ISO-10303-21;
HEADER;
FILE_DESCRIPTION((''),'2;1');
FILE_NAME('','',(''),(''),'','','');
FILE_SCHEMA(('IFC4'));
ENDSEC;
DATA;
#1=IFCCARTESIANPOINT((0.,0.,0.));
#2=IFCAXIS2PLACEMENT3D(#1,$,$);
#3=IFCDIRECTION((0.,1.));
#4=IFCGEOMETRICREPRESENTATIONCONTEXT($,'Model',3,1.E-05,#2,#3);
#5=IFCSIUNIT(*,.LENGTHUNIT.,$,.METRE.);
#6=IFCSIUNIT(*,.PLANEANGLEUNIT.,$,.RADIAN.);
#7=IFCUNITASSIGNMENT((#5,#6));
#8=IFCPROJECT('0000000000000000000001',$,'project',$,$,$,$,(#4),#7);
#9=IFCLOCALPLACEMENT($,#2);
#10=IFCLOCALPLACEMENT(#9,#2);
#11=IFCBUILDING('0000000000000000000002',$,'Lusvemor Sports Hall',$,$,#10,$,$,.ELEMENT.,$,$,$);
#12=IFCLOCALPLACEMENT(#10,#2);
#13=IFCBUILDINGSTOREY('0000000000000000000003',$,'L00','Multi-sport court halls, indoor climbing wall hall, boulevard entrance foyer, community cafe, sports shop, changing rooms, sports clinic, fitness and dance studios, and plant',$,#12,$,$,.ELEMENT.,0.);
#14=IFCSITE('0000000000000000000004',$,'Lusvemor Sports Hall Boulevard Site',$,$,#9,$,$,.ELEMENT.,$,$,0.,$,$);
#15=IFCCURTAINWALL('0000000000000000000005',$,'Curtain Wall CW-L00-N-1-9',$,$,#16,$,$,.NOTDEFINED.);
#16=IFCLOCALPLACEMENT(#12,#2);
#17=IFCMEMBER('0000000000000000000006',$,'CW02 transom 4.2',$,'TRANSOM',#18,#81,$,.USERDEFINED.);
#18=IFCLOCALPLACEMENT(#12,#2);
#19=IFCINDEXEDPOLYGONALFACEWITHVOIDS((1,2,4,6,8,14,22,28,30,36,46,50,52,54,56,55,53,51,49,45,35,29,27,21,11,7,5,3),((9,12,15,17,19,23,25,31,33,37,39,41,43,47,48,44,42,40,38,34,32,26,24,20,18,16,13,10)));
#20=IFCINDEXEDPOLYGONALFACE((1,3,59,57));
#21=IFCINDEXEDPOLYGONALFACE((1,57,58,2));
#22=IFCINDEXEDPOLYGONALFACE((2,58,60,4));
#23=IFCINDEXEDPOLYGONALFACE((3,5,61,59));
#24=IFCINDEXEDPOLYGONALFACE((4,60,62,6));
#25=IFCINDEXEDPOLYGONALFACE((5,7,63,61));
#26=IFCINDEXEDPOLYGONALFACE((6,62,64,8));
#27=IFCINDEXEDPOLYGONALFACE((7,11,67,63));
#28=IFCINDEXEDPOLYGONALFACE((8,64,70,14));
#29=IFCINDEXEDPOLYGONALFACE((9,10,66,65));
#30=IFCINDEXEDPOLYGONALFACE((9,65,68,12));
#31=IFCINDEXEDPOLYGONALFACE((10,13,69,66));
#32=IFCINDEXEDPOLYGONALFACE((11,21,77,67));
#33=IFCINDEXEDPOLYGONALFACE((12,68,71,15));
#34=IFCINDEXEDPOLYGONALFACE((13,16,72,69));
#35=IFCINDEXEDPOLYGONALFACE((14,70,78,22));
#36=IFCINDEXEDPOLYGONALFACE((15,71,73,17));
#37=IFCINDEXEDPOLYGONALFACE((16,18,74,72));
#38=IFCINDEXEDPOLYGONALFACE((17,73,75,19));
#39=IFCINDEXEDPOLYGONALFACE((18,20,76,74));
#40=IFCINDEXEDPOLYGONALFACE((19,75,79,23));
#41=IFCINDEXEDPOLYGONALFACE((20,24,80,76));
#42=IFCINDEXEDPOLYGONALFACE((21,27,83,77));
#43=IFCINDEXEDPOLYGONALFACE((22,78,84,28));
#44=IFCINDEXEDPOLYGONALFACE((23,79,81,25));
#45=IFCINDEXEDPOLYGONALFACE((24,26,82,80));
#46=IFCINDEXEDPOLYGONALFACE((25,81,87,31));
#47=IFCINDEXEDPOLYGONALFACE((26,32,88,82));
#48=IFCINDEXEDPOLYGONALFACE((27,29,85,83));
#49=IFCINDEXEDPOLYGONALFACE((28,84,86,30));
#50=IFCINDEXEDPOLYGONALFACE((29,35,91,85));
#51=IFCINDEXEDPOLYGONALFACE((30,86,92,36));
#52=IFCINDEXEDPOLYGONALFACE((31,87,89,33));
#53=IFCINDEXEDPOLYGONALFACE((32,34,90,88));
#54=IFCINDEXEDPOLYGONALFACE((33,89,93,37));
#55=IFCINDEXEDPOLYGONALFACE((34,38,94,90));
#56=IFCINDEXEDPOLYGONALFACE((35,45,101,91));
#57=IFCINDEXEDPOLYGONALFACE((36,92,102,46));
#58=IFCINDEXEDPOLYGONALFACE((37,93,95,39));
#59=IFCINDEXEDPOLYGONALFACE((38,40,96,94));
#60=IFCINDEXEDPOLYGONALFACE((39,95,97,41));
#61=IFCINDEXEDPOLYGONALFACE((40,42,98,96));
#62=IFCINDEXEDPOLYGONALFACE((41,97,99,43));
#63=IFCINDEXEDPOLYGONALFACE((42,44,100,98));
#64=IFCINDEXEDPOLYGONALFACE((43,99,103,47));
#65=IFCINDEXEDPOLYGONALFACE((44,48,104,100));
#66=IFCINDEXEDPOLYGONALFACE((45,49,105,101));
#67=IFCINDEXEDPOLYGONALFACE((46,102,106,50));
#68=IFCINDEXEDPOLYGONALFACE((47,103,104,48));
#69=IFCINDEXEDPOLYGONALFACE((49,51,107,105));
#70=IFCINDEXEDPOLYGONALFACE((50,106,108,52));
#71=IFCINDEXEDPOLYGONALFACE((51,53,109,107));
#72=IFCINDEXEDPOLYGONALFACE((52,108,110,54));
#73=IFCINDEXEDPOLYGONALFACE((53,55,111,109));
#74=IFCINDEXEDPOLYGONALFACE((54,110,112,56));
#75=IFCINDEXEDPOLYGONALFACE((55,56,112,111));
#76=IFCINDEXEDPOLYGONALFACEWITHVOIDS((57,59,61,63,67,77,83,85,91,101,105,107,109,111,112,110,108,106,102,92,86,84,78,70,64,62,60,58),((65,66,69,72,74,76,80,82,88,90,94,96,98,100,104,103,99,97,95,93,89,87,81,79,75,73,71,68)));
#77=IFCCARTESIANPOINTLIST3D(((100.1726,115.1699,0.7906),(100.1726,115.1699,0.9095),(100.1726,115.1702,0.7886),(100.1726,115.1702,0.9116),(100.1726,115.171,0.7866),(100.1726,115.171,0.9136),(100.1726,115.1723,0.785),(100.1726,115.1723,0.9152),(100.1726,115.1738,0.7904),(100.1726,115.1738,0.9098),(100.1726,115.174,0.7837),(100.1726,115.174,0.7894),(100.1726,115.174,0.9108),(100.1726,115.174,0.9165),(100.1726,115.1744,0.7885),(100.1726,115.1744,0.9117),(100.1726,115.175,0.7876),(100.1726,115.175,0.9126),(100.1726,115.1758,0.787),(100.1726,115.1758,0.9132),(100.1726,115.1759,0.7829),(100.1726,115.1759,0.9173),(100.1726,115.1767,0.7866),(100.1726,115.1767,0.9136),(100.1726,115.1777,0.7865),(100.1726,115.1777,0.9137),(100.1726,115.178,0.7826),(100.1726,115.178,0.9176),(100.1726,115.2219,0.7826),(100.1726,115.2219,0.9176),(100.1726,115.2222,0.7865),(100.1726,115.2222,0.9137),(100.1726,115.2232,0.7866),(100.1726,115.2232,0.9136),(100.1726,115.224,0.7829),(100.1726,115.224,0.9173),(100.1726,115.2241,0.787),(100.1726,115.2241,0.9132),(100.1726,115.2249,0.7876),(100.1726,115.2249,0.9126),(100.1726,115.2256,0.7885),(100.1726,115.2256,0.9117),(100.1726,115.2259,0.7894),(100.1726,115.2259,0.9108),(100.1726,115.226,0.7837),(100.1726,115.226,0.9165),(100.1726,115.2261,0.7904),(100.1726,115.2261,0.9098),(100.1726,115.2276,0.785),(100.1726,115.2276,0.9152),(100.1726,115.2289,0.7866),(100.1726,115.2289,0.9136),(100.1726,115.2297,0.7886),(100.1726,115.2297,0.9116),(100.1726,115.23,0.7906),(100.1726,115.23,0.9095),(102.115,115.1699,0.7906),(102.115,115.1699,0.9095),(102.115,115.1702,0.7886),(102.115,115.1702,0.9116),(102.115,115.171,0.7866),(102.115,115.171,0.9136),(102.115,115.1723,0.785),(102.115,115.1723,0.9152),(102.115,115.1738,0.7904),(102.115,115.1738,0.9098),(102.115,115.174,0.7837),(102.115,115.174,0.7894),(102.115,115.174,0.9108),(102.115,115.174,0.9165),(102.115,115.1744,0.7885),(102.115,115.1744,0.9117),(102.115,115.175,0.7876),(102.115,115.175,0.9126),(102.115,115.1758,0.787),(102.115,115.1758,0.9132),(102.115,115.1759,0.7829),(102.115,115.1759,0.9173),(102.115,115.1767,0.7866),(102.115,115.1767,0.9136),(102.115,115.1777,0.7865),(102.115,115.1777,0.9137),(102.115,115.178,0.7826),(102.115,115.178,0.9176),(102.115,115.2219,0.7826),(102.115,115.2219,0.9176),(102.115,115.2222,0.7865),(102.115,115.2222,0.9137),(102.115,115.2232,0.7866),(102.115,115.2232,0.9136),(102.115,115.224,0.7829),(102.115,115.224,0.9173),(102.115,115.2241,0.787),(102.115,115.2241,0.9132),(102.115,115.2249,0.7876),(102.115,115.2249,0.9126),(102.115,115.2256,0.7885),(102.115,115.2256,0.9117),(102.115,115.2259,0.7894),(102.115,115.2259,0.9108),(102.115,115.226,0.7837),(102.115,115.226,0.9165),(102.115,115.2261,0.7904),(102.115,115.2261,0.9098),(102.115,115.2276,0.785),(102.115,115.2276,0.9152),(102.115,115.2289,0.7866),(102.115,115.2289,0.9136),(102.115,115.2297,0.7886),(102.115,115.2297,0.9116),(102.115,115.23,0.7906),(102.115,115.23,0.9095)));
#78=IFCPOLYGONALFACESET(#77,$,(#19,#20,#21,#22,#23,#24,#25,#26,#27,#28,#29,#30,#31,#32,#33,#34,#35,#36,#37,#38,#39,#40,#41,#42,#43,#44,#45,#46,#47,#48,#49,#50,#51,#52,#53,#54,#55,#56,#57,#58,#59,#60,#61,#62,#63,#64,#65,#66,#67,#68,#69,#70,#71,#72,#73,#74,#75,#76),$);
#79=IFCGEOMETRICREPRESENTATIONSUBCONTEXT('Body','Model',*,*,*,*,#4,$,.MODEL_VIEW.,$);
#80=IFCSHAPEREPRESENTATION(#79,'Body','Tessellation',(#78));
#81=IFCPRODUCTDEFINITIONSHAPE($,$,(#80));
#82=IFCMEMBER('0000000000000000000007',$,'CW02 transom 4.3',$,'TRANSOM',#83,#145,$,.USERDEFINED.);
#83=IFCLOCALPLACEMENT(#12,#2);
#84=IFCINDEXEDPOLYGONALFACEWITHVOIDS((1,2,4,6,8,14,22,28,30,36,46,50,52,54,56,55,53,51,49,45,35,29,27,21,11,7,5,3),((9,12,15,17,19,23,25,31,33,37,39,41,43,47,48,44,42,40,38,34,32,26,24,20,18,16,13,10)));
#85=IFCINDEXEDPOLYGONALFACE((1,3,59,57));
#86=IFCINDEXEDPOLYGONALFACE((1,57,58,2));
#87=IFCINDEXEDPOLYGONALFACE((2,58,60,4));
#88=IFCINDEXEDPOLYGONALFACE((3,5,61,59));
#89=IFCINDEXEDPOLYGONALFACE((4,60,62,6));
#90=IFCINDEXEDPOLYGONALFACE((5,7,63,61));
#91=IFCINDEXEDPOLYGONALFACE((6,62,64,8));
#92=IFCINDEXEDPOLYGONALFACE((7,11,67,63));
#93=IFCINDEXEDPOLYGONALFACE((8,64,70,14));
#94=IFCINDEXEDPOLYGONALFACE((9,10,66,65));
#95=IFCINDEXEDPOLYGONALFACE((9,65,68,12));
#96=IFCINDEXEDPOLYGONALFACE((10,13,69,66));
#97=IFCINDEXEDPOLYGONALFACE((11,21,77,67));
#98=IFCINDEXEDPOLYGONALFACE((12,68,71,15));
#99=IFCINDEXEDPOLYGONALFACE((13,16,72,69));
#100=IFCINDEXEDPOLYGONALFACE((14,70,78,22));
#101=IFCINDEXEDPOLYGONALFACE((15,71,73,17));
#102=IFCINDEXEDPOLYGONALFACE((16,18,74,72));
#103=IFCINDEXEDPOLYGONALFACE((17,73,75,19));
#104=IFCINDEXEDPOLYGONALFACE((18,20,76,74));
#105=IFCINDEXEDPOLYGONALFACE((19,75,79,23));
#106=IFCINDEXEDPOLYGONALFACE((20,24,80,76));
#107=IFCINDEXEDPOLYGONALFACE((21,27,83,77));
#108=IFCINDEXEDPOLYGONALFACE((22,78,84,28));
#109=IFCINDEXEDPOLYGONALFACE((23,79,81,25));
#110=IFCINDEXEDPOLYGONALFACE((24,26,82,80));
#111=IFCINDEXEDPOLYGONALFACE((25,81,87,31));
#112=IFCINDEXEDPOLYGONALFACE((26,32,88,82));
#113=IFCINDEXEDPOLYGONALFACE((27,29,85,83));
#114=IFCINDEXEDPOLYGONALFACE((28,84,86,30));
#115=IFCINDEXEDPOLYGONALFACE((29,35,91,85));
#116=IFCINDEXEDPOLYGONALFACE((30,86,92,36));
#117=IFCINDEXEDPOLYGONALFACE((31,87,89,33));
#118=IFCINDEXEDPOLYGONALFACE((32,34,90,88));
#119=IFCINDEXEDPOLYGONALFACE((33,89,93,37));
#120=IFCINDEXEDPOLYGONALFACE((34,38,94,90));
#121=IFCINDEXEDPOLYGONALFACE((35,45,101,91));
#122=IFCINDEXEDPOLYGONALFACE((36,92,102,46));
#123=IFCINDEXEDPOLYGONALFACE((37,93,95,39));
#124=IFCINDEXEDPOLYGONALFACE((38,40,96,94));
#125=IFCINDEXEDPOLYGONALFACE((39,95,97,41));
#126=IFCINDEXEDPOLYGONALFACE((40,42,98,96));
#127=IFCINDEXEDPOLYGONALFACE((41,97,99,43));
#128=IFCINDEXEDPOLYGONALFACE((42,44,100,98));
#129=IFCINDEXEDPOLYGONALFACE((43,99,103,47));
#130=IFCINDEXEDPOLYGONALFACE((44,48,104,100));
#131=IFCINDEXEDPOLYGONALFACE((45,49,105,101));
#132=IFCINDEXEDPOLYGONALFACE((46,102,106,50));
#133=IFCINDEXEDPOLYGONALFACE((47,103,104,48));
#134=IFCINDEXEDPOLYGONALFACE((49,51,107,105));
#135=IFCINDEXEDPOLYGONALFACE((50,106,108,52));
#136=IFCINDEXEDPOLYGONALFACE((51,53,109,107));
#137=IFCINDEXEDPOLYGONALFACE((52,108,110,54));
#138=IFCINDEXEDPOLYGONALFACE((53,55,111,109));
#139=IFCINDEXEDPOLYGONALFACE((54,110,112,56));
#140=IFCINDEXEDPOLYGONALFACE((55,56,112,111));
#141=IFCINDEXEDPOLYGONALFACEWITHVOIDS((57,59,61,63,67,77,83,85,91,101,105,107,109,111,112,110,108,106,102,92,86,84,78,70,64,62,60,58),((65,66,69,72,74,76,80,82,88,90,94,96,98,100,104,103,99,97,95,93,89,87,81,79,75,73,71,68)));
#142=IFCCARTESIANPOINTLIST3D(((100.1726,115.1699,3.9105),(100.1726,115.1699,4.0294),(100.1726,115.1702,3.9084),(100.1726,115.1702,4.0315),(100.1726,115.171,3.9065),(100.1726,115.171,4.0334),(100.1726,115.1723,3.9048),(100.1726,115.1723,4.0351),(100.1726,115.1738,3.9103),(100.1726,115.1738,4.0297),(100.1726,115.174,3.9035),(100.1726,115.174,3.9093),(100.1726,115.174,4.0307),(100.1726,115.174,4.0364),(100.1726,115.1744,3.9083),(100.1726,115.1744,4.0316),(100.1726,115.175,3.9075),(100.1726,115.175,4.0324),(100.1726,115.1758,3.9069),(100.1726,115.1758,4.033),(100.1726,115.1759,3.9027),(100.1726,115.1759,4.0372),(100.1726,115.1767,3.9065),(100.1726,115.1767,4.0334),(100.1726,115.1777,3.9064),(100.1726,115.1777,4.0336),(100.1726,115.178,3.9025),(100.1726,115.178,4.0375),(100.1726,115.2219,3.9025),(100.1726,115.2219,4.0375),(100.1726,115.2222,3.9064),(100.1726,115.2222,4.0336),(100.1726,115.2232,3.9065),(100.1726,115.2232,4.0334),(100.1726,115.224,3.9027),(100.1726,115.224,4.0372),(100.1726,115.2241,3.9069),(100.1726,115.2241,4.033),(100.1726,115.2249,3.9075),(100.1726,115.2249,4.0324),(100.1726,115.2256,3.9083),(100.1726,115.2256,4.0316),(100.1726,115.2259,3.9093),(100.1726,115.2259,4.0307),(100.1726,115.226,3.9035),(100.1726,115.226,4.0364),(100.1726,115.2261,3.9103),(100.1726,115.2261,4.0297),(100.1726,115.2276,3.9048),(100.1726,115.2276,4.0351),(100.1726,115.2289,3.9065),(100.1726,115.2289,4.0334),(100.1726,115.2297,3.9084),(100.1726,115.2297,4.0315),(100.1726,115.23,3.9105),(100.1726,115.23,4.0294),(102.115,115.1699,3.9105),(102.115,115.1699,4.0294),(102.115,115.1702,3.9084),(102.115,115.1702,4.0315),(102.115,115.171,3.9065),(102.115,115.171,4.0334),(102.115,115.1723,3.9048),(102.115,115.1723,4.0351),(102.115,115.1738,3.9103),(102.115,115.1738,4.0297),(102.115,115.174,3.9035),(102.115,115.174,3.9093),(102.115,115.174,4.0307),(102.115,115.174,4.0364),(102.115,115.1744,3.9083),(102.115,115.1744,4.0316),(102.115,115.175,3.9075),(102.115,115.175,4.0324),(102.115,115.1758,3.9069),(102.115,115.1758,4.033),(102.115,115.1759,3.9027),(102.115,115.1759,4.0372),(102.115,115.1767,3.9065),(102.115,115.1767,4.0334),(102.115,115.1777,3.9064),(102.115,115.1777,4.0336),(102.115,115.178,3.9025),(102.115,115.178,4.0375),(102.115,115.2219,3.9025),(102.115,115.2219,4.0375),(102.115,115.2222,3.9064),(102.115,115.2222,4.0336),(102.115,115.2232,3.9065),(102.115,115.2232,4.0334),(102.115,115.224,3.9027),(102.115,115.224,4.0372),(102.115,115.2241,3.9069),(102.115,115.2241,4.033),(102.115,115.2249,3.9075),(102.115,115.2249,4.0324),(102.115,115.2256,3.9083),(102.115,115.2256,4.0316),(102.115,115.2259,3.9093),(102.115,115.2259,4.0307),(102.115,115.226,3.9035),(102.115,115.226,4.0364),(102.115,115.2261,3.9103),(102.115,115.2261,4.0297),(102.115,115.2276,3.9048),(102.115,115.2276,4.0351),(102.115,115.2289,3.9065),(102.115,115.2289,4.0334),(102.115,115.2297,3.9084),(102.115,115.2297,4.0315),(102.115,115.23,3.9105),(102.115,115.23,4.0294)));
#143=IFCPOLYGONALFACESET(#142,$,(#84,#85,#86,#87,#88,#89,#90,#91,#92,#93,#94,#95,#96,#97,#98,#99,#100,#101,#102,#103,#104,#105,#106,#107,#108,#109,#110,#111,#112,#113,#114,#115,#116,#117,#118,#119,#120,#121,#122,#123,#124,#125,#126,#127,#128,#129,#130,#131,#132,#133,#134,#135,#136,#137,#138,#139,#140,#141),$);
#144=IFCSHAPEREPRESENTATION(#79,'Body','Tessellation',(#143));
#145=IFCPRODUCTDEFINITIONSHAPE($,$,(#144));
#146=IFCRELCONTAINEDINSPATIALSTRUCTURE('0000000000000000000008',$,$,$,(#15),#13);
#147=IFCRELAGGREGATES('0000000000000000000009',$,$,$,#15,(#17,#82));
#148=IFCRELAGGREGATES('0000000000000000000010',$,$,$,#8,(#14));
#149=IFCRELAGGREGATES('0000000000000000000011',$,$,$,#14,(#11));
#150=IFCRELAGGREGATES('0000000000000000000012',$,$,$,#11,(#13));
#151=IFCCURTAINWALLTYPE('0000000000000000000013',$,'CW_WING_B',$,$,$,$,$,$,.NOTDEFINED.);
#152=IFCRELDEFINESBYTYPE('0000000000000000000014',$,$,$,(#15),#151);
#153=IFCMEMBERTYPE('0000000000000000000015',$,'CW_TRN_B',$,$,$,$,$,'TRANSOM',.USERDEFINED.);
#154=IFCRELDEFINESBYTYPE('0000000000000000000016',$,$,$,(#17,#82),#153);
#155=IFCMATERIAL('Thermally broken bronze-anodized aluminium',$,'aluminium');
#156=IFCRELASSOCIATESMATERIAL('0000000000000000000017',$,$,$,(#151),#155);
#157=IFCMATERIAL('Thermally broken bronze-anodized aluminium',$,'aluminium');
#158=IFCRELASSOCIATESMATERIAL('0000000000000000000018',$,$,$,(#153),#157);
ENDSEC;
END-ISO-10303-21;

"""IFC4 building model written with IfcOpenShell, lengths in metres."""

from ifc_helpers import new_model, si_unit, direction, frame, origin, origin_2d, place, context, subcontext, project, spatial, hollow_rectangle, extrude, material, material_profile, profile_set, type_object, element, aggregate, save


model = new_model("IFC4")

# Units and contexts
model_context = context("Model", 3, precision=1e-05, world=origin(), true_north=direction((0.0, 1.0)))
body_context = subcontext(model_context, "Body", "Model", "MODEL_VIEW")
ifc_project = project(units=[si_unit("LENGTHUNIT", "METRE"), si_unit("PLANEANGLEUNIT", "RADIAN")], contexts=[model_context])

# Site, building, storey
site_placement = place(None, origin())
site = spatial("IfcSite", under=ifc_project, at=site_placement, Name="Lusvemor Sports Hall Boulevard Site", CompositionType="ELEMENT", RefElevation=0.0)
building_placement = place(site_placement, origin())
building = spatial("IfcBuilding", under=site, at=building_placement, Name="Lusvemor Sports Hall", CompositionType="ELEMENT")
storey_placement = place(building_placement, origin())
storey = spatial("IfcBuildingStorey", under=building, at=storey_placement, Name="L00", Description="Multi-sport court halls, indoor climbing wall hall, boulevard entrance foyer, community cafe, sports shop, changing rooms, sports clinic, fitness and dance studios, and plant", CompositionType="ELEMENT", Elevation=0.0)

# Curtain wall, members
ifc_material_1 = material(Name="Thermally broken bronze-anodized aluminium", Category="aluminium")
curtain_wall_type = type_object("IfcCurtainWallType", Name="CW_WING_B", PredefinedType="NOTDEFINED", material=ifc_material_1)
curtain_wall_placement = place(storey_placement, origin())
curtain_wall = element("IfcCurtainWall", 1, at=curtain_wall_placement, inside=storey, type_object=curtain_wall_type, Name="Curtain Wall CW-L00-N-1-9", PredefinedType="NOTDEFINED")
ifc_material_2 = material(Name="Thermally broken bronze-anodized aluminium", Category="aluminium")
ifc_material_profile_1 = material_profile(ifc_material_2, hollow_rectangle(XDim=0.0601, YDim=0.135, WallThickness=0.0039, InnerFilletRadius=0.0039, OuterFilletRadius=0.0081, at=origin_2d()), Name="CWTRN135x60x4")
ifc_profile_set_1 = profile_set([ifc_material_profile_1], Name="Thermally broken bronze-anodized aluminium")
member_type_1 = type_object("IfcMemberType", Name="CW_TRN_B", ElementType="TRANSOM", PredefinedType="USERDEFINED", material=ifc_profile_set_1)
member_1_placement = place(storey_placement, frame((100.1726, 115.2, 0.8501), z_axis=(1.0, 0.0, 0.0), x_axis=(0.0, 1.0, 0.0)))
member_1 = element("IfcMember", 2, at=member_1_placement, type_object=member_type_1, Name="CW02 transom 4.2", ObjectType="TRANSOM", PredefinedType="USERDEFINED", context=body_context, shape_type="SweptSolid", body=[
    extrude(hollow_rectangle(XDim=0.0601, YDim=0.135, WallThickness=0.0039, InnerFilletRadius=0.0039, OuterFilletRadius=0.0081, at=origin_2d()), origin(), (0.0, 0.0, 1.0), 1.9424),
])
member_2_placement = place(storey_placement, frame((100.1726, 115.2, 3.97), z_axis=(1.0, 0.0, 0.0), x_axis=(0.0, 1.0, 0.0)))
member_2 = element("IfcMember", 3, at=member_2_placement, type_object=member_type_1, Name="CW02 transom 4.3", ObjectType="TRANSOM", PredefinedType="USERDEFINED", context=body_context, shape_type="SweptSolid", body=[
    extrude(hollow_rectangle(XDim=0.0601, YDim=0.135, WallThickness=0.0039, InnerFilletRadius=0.0039, OuterFilletRadius=0.0081, at=origin_2d()), origin(), (0.0, 0.0, 1.0), 1.9424),
])
aggregate(curtain_wall, [member_1, member_2])

save(model, "model.ifc")
